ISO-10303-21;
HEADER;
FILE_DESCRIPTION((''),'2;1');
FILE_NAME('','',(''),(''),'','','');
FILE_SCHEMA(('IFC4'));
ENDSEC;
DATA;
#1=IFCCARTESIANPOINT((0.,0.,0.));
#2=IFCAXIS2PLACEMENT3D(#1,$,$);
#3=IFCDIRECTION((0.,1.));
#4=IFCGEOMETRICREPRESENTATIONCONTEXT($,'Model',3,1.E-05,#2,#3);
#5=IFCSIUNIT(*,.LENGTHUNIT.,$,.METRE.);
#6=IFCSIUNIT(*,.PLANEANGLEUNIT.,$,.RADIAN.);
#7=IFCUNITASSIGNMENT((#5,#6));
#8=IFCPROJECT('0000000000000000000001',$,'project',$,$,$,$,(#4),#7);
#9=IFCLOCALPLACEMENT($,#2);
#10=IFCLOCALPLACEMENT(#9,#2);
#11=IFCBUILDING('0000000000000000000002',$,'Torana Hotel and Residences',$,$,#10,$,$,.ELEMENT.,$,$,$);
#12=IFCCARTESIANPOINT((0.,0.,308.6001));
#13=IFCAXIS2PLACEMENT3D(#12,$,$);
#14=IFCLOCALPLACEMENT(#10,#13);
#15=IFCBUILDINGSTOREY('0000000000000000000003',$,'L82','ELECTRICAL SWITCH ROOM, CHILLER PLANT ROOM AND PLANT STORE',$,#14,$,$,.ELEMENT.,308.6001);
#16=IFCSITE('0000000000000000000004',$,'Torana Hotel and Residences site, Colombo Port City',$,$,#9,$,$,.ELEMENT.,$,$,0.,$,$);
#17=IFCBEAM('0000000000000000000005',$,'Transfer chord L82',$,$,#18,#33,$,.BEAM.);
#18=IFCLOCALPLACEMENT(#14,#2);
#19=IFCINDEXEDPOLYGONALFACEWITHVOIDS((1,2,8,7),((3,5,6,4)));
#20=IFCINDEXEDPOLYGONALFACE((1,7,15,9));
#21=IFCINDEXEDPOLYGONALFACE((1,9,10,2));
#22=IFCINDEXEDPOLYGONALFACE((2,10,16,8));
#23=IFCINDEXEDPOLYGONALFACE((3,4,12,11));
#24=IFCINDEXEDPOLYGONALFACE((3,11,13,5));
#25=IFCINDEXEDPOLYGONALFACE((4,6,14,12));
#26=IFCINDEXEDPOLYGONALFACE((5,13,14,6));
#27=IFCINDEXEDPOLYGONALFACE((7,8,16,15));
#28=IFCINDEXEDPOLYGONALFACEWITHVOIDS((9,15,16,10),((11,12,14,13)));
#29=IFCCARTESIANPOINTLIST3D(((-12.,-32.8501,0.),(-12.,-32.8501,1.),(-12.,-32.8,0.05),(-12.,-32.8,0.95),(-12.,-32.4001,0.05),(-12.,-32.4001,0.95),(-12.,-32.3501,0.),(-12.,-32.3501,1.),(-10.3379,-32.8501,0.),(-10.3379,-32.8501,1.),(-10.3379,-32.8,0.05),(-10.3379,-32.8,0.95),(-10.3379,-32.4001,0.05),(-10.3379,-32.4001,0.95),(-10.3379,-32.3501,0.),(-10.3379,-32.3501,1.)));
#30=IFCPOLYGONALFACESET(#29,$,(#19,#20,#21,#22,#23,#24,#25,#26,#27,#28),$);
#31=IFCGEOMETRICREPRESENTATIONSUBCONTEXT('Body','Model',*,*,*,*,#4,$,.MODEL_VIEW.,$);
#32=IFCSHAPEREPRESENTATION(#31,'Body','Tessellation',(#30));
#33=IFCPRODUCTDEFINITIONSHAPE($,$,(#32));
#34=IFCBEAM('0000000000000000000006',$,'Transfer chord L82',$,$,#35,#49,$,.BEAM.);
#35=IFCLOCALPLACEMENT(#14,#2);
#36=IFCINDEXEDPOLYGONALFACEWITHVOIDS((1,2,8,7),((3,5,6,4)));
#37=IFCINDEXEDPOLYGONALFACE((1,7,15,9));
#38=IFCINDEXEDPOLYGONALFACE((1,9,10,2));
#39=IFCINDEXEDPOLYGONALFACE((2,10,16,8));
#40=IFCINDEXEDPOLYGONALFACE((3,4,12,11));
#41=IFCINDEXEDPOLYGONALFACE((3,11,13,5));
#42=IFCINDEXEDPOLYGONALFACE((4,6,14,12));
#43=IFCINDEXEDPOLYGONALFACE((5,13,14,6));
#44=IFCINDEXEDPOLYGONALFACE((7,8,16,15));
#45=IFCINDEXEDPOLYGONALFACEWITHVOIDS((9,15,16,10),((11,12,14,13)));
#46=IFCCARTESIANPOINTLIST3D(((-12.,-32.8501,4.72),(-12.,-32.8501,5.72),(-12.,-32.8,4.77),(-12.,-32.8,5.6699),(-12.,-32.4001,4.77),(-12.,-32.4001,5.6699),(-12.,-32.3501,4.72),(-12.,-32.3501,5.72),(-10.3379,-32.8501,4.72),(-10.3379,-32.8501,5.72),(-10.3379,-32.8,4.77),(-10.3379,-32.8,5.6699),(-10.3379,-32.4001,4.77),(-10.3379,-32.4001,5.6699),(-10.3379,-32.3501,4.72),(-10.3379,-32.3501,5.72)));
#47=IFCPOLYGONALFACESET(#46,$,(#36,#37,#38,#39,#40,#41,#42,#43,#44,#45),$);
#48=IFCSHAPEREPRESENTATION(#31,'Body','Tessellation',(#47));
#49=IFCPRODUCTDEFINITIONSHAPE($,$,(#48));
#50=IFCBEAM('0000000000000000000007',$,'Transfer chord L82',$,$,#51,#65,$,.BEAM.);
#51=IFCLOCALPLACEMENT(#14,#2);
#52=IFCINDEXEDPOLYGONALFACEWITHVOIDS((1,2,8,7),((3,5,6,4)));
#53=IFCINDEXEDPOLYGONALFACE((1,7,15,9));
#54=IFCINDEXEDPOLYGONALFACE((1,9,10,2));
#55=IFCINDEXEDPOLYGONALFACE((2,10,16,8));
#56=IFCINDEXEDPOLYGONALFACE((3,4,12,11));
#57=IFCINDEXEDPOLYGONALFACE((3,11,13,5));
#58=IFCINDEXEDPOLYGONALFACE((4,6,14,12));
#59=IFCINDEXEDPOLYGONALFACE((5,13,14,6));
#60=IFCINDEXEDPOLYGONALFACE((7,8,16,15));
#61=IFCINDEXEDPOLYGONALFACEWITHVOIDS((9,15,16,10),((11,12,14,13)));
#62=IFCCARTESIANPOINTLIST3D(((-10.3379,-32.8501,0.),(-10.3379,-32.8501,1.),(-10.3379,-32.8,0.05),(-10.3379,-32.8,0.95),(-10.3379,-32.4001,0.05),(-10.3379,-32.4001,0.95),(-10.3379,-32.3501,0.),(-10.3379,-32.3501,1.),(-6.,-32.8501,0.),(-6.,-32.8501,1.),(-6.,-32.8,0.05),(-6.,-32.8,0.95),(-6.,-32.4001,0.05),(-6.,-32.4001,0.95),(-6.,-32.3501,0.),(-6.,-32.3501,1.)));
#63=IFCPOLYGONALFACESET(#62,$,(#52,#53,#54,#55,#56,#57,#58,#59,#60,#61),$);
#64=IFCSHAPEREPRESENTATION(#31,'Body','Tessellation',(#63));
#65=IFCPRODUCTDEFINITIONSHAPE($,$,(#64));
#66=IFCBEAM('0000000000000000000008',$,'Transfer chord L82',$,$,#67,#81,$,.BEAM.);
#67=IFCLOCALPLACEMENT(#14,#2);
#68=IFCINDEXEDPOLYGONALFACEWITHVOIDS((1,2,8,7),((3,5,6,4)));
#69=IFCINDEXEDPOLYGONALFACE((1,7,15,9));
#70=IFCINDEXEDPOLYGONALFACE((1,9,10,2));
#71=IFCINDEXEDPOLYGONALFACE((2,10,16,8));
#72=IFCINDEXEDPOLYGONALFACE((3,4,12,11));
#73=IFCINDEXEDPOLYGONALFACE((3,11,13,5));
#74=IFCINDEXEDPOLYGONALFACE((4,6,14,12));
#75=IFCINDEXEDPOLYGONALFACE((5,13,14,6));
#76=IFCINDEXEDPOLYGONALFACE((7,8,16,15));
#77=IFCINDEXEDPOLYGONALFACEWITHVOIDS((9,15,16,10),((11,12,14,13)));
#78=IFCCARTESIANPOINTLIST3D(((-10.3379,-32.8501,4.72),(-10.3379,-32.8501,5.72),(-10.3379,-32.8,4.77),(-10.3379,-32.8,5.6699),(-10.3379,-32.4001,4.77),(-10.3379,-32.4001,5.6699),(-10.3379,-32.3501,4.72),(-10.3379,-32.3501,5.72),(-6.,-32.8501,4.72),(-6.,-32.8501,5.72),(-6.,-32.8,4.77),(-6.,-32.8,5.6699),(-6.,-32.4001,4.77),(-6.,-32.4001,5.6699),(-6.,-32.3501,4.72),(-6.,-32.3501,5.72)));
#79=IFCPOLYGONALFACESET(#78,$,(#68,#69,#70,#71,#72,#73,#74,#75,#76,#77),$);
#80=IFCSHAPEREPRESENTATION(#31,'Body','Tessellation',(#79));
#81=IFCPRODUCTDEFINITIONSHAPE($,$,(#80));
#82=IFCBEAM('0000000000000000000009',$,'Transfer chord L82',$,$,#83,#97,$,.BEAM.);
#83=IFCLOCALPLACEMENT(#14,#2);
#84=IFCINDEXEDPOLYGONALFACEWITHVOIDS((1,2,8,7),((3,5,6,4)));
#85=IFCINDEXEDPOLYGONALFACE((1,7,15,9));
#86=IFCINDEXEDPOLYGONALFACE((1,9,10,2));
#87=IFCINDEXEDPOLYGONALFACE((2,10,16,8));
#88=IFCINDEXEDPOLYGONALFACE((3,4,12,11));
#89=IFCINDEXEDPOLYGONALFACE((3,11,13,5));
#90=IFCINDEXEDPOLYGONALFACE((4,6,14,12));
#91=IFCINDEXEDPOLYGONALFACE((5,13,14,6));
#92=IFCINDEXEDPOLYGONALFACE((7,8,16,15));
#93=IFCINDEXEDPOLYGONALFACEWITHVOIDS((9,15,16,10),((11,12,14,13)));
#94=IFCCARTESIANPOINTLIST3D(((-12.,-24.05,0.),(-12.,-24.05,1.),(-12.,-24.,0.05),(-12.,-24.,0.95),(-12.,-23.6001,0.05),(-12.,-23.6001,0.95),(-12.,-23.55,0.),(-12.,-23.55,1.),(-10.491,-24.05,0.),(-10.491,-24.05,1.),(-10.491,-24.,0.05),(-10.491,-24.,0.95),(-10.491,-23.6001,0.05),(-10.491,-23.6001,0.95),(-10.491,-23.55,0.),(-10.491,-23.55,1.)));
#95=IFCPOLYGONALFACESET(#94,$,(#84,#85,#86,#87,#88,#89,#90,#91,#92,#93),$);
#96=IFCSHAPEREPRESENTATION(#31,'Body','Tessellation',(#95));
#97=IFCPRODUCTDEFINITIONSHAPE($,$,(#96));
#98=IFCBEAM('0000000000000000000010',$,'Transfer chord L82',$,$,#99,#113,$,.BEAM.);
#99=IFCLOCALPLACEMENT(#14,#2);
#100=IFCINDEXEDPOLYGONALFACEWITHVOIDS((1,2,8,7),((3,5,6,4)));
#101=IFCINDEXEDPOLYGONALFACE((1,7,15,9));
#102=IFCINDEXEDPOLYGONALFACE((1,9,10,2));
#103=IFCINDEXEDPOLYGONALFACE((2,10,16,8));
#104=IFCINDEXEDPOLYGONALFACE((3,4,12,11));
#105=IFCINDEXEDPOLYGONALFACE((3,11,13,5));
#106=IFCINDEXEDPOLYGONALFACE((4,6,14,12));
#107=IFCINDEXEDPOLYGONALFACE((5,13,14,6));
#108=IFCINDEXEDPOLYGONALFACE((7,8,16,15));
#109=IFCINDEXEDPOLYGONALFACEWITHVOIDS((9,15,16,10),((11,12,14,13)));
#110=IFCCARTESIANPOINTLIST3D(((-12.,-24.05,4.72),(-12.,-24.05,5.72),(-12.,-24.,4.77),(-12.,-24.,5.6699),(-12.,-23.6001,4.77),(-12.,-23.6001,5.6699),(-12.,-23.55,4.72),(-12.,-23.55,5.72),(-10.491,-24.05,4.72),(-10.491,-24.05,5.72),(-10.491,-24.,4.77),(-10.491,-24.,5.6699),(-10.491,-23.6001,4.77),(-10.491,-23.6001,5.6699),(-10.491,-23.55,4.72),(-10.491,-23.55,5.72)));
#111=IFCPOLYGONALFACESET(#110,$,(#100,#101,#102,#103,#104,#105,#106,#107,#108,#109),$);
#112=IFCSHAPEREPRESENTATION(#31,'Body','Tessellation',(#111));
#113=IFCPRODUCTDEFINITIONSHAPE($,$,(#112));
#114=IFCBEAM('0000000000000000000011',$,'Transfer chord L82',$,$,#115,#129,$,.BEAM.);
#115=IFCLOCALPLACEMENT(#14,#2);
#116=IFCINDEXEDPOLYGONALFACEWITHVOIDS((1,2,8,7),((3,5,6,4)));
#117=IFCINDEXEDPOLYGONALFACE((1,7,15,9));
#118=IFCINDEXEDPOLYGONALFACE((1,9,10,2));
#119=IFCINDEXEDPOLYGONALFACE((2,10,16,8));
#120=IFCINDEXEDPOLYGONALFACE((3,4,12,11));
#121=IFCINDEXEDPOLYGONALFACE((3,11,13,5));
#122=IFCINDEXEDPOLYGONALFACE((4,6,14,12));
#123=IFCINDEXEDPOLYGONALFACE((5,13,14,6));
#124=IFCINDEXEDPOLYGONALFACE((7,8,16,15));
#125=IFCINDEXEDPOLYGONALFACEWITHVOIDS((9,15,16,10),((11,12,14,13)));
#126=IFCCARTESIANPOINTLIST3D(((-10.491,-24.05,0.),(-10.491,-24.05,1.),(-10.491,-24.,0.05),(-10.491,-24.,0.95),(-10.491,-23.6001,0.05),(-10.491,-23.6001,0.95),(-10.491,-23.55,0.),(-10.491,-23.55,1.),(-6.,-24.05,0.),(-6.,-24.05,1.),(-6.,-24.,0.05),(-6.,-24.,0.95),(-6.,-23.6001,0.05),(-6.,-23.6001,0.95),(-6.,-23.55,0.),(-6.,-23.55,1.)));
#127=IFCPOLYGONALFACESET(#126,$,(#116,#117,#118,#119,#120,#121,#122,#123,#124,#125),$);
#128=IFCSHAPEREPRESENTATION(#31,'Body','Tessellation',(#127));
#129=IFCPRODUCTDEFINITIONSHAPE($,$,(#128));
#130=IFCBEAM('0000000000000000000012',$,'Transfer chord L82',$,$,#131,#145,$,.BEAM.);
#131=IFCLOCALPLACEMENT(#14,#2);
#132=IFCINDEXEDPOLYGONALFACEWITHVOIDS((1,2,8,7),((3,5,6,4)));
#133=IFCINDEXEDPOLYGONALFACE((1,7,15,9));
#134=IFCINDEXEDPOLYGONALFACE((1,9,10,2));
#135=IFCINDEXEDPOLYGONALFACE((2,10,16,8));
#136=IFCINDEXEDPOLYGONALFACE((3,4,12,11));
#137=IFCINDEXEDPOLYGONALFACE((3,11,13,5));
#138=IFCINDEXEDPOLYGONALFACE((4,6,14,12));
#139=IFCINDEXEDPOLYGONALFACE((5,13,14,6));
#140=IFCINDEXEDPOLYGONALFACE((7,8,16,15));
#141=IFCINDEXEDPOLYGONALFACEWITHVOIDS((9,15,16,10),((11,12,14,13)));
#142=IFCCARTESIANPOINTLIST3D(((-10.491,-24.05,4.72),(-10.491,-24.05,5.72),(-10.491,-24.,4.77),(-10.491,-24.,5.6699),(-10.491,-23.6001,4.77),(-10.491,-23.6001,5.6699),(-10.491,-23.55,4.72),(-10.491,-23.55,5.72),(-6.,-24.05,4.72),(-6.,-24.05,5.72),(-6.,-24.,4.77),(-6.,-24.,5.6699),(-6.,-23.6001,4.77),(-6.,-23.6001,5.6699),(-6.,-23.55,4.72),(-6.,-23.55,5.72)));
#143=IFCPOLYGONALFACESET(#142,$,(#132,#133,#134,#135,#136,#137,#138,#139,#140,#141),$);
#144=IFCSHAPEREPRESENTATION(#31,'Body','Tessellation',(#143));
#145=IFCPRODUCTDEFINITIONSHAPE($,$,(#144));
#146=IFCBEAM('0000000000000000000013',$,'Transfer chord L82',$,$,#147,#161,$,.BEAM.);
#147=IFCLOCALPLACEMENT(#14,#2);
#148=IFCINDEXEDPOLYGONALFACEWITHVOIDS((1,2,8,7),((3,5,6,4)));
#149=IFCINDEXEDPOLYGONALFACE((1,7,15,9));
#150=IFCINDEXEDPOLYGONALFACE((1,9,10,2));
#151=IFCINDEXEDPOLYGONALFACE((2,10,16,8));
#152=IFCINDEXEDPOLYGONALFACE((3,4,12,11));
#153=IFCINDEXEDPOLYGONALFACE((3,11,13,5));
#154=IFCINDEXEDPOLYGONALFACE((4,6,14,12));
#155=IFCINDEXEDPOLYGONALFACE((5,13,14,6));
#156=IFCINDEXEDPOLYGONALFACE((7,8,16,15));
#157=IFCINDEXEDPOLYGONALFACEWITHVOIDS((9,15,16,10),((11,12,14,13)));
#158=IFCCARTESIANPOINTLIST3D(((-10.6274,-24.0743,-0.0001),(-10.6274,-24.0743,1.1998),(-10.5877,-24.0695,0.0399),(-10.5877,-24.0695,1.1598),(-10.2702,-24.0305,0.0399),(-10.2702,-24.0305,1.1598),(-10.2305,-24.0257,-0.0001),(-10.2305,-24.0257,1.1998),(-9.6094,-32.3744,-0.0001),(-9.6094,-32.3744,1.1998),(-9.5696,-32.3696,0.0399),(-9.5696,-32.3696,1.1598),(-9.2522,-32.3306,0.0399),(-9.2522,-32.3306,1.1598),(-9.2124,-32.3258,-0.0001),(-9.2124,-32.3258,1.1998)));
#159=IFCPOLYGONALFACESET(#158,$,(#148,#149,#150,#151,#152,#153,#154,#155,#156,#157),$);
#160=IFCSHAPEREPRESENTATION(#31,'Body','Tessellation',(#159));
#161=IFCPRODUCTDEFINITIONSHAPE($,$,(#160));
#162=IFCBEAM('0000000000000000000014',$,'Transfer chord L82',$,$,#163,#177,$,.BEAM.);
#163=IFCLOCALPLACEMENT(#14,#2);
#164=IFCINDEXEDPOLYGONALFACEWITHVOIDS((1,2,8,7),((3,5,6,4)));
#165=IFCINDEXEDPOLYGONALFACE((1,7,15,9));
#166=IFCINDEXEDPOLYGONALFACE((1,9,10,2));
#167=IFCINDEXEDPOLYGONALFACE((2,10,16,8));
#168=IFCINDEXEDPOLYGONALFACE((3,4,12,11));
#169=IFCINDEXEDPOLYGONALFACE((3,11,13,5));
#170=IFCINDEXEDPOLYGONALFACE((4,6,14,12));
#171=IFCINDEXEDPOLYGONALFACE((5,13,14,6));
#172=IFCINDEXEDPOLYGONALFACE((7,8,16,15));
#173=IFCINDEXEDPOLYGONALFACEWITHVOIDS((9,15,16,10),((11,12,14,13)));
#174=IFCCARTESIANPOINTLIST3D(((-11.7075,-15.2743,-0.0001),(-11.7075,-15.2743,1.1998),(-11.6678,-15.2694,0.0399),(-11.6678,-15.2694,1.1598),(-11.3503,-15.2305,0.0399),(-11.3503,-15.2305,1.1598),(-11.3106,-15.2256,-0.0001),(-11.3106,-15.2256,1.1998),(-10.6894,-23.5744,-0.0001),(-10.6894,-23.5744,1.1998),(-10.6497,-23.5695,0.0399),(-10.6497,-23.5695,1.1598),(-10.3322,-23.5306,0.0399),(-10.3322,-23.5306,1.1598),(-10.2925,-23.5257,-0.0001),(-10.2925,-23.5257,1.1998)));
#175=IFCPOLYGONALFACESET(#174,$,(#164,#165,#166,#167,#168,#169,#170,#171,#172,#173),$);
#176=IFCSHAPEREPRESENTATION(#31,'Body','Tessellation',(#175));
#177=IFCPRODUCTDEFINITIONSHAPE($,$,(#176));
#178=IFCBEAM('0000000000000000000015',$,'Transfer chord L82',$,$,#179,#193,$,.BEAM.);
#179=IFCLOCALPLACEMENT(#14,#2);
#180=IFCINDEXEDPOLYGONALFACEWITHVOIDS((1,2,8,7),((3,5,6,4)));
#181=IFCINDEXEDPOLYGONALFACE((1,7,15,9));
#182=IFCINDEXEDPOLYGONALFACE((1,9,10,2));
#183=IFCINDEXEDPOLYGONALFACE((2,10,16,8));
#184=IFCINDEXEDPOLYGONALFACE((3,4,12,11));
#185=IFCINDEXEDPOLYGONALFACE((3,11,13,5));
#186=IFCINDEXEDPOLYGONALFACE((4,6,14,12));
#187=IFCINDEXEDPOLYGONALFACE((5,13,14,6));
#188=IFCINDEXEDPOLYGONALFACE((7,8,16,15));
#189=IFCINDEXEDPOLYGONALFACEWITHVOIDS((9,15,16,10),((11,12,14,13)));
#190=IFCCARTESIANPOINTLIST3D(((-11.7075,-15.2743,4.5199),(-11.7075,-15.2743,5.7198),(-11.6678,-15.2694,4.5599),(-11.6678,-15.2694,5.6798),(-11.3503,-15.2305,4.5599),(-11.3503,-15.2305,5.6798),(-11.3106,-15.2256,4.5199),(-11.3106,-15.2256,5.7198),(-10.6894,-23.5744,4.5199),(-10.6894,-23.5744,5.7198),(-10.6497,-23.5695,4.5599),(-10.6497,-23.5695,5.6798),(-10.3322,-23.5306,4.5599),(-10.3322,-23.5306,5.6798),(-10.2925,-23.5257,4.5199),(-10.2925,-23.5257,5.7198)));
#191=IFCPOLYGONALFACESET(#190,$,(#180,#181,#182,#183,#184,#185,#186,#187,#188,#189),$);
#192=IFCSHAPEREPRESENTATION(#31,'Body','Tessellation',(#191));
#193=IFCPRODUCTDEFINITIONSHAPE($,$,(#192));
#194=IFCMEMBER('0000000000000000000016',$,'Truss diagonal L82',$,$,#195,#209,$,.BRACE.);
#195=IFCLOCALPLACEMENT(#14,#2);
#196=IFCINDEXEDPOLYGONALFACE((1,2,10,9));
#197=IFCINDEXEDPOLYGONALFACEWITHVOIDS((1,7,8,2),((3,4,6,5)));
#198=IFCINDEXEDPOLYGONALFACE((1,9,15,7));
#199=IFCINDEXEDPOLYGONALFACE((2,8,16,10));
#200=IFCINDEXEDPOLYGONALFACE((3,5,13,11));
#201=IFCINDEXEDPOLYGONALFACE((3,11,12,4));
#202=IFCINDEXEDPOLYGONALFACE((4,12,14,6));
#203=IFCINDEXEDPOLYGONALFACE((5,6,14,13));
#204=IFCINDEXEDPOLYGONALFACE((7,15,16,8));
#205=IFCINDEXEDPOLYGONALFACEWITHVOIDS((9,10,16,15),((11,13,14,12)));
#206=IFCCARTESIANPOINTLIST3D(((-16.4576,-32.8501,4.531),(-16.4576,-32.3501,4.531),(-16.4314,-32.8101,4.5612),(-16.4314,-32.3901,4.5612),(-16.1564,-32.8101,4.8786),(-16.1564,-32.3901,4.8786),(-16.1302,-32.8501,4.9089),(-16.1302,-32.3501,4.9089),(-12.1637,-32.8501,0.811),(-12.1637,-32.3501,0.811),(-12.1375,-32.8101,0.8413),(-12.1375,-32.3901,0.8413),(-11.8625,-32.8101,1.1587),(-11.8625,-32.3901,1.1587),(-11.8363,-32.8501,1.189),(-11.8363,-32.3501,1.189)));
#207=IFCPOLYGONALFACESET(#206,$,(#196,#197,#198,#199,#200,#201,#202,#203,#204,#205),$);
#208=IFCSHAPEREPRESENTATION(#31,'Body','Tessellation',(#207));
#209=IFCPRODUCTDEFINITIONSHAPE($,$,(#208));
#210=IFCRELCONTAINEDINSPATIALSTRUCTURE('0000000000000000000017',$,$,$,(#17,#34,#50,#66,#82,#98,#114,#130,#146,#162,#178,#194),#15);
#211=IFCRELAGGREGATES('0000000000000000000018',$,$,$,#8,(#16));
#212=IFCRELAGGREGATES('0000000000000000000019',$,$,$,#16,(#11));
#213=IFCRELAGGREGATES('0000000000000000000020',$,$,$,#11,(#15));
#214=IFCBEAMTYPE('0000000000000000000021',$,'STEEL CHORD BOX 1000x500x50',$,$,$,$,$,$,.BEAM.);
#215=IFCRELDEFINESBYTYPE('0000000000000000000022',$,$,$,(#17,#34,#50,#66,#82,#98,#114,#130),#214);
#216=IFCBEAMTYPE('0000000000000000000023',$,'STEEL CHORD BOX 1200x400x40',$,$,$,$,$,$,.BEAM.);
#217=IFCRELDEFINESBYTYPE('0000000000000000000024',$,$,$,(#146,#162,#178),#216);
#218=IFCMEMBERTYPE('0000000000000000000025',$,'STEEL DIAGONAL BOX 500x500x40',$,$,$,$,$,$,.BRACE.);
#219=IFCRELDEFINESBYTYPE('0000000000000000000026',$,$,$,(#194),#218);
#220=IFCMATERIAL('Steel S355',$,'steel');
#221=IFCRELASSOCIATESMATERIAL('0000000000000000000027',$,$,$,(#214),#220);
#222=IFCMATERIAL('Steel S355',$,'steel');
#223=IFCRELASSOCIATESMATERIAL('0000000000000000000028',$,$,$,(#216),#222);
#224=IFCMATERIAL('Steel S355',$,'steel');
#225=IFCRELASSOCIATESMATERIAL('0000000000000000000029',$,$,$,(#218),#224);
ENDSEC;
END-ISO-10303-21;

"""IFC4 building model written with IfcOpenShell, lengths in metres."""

from ifc_helpers import new_model, si_unit, direction, frame, origin, origin_2d, place, context, subcontext, project, spatial, hollow_rectangle, extrude, material, material_profile, profile_set, type_object, element, save


model = new_model("IFC4")

# Units and contexts
model_context = context("Model", 3, precision=1e-05, world=origin(), true_north=direction((0.0, 1.0)))
body_context = subcontext(model_context, "Body", "Model", "MODEL_VIEW")
ifc_project = project(units=[si_unit("LENGTHUNIT", "METRE"), si_unit("PLANEANGLEUNIT", "RADIAN")], contexts=[model_context])

# Site, building, storey
site_placement = place(None, origin())
site = spatial("IfcSite", under=ifc_project, at=site_placement, Name="Torana Hotel and Residences site, Colombo Port City", CompositionType="ELEMENT", RefElevation=0.0)
building_placement = place(site_placement, origin())
building = spatial("IfcBuilding", under=site, at=building_placement, Name="Torana Hotel and Residences", CompositionType="ELEMENT")
storey_placement = place(building_placement, frame((0.0, 0.0, 308.6001)))
storey = spatial("IfcBuildingStorey", under=building, at=storey_placement, Name="L82", Description="ELECTRICAL SWITCH ROOM, CHILLER PLANT ROOM AND PLANT STORE", CompositionType="ELEMENT", Elevation=308.6001)

# Beams
ifc_material_1 = material(Name="Steel S355", Category="steel")
ifc_material_profile_1 = material_profile(ifc_material_1, hollow_rectangle(XDim=0.5, YDim=1.0, WallThickness=0.05, at=origin_2d()), Name="BOX 1000x500x50")
ifc_profile_set_1 = profile_set([ifc_material_profile_1], Name="Steel S355")
beam_type_1 = type_object("IfcBeamType", Name="STEEL CHORD BOX 1000x500x50", PredefinedType="BEAM", material=ifc_profile_set_1)
for number, where, z_axis, x_axis, name in (
    (1, (-12.0, -32.6001, 0.5), (1.0, 0.0, 0.0), (0.0, 1.0, 0.0), "Transfer chord L82"),
    (2, (-12.0, -32.6001, 5.22), (1.0, 0.0, 0.0), (0.0, 1.0, 0.0), "Transfer chord L82"),
):
    element("IfcBeam", number, at=place(storey_placement, frame(where, z_axis=z_axis, x_axis=x_axis)), inside=storey, type_object=beam_type_1, Name=name, PredefinedType="BEAM", context=body_context, shape_type="SweptSolid", body=[
        extrude(hollow_rectangle(XDim=0.5, YDim=1.0, WallThickness=0.05, at=origin_2d()), origin(), (0.0, 0.0, 1.0), 1.6621),
    ])
for number, where, z_axis, x_axis, name in (
    (3, (-10.3379, -32.6001, 0.5), (1.0, 0.0, 0.0), (0.0, 1.0, 0.0), "Transfer chord L82"),
    (4, (-10.3379, -32.6001, 5.22), (1.0, 0.0, 0.0), (0.0, 1.0, 0.0), "Transfer chord L82"),
):
    element("IfcBeam", number, at=place(storey_placement, frame(where, z_axis=z_axis, x_axis=x_axis)), inside=storey, type_object=beam_type_1, Name=name, PredefinedType="BEAM", context=body_context, shape_type="SweptSolid", body=[
        extrude(hollow_rectangle(XDim=0.5, YDim=1.0, WallThickness=0.05, at=origin_2d()), origin(), (0.0, 0.0, 1.0), 4.3379),
    ])
for number, where, z_axis, x_axis, name in (
    (5, (-12.0, -23.8, 0.5), (1.0, 0.0, 0.0), (0.0, 1.0, 0.0), "Transfer chord L82"),
    (6, (-12.0, -23.8, 5.22), (1.0, 0.0, 0.0), (0.0, 1.0, 0.0), "Transfer chord L82"),
):
    element("IfcBeam", number, at=place(storey_placement, frame(where, z_axis=z_axis, x_axis=x_axis)), inside=storey, type_object=beam_type_1, Name=name, PredefinedType="BEAM", context=body_context, shape_type="SweptSolid", body=[
        extrude(hollow_rectangle(XDim=0.5, YDim=1.0, WallThickness=0.05, at=origin_2d()), origin(), (0.0, 0.0, 1.0), 1.509),
    ])
for number, where, z_axis, x_axis, name in (
    (7, (-10.491, -23.8, 0.5), (1.0, 0.0, 0.0), (0.0, 1.0, 0.0), "Transfer chord L82"),
    (8, (-10.491, -23.8, 5.22), (1.0, 0.0, 0.0), (0.0, 1.0, 0.0), "Transfer chord L82"),
):
    element("IfcBeam", number, at=place(storey_placement, frame(where, z_axis=z_axis, x_axis=x_axis)), inside=storey, type_object=beam_type_1, Name=name, PredefinedType="BEAM", context=body_context, shape_type="SweptSolid", body=[
        extrude(hollow_rectangle(XDim=0.5, YDim=1.0, WallThickness=0.05, at=origin_2d()), origin(), (0.0, 0.0, 1.0), 4.491),
    ])
ifc_material_2 = material(Name="Steel S355", Category="steel")
ifc_material_profile_2 = material_profile(ifc_material_2, hollow_rectangle(XDim=0.3999, YDim=1.2, WallThickness=0.04, at=origin_2d()), Name="BOX 1200x400x40")
ifc_profile_set_2 = profile_set([ifc_material_profile_2], Name="Steel S355")
beam_type_2 = type_object("IfcBeamType", Name="STEEL CHORD BOX 1200x400x40", PredefinedType="BEAM", material=ifc_profile_set_2)
for number, where, z_axis, x_axis, name in (
    (9, (-9.4109, -32.3501, 0.5999), (-0.121745, 0.992561, 0.0), (-0.992561, -0.121745, 0.0), "Transfer chord L82"),
    (10, (-10.491, -23.55, 0.5999), (-0.121745, 0.992561, 0.0), (-0.992561, -0.121745, 0.0), "Transfer chord L82"),
    (11, (-10.491, -23.55, 5.1199), (-0.121745, 0.992561, 0.0), (-0.992561, -0.121745, 0.0), "Transfer chord L82"),
):
    element("IfcBeam", number, at=place(storey_placement, frame(where, z_axis=z_axis, x_axis=x_axis)), inside=storey, type_object=beam_type_2, Name=name, PredefinedType="BEAM", context=body_context, shape_type="SweptSolid", body=[
        extrude(hollow_rectangle(XDim=0.3999, YDim=1.2, WallThickness=0.04, at=origin_2d()), origin(), (0.0, 0.0, 1.0), 8.3623),
    ])

# Member
ifc_material_3 = material(Name="Steel S355", Category="steel")
ifc_material_profile_3 = material_profile(ifc_material_3, hollow_rectangle(XDim=0.5, YDim=0.5, WallThickness=0.04, at=origin_2d()), Name="BOX 500x500x40")
ifc_profile_set_3 = profile_set([ifc_material_profile_3], Name="Steel S355")
member_type_1 = type_object("IfcMemberType", Name="STEEL DIAGONAL BOX 500x500x40", PredefinedType="BRACE", material=ifc_profile_set_3)
member_1_placement = place(storey_placement, frame((-12.0, -32.6001, 1.0), z_axis=(-0.755815, 0.0, 0.654785), x_axis=(0.0, -1.0, 0.0)))
element("IfcMember", 12, at=member_1_placement, inside=storey, type_object=member_type_1, Name="Truss diagonal L82", PredefinedType="BRACE", context=body_context, shape_type="SweptSolid", body=[
    extrude(hollow_rectangle(XDim=0.5, YDim=0.5, WallThickness=0.04, at=origin_2d()), origin(), (0.0, 0.0, 1.0), 5.6812),
])

save(model, "model.ifc")
